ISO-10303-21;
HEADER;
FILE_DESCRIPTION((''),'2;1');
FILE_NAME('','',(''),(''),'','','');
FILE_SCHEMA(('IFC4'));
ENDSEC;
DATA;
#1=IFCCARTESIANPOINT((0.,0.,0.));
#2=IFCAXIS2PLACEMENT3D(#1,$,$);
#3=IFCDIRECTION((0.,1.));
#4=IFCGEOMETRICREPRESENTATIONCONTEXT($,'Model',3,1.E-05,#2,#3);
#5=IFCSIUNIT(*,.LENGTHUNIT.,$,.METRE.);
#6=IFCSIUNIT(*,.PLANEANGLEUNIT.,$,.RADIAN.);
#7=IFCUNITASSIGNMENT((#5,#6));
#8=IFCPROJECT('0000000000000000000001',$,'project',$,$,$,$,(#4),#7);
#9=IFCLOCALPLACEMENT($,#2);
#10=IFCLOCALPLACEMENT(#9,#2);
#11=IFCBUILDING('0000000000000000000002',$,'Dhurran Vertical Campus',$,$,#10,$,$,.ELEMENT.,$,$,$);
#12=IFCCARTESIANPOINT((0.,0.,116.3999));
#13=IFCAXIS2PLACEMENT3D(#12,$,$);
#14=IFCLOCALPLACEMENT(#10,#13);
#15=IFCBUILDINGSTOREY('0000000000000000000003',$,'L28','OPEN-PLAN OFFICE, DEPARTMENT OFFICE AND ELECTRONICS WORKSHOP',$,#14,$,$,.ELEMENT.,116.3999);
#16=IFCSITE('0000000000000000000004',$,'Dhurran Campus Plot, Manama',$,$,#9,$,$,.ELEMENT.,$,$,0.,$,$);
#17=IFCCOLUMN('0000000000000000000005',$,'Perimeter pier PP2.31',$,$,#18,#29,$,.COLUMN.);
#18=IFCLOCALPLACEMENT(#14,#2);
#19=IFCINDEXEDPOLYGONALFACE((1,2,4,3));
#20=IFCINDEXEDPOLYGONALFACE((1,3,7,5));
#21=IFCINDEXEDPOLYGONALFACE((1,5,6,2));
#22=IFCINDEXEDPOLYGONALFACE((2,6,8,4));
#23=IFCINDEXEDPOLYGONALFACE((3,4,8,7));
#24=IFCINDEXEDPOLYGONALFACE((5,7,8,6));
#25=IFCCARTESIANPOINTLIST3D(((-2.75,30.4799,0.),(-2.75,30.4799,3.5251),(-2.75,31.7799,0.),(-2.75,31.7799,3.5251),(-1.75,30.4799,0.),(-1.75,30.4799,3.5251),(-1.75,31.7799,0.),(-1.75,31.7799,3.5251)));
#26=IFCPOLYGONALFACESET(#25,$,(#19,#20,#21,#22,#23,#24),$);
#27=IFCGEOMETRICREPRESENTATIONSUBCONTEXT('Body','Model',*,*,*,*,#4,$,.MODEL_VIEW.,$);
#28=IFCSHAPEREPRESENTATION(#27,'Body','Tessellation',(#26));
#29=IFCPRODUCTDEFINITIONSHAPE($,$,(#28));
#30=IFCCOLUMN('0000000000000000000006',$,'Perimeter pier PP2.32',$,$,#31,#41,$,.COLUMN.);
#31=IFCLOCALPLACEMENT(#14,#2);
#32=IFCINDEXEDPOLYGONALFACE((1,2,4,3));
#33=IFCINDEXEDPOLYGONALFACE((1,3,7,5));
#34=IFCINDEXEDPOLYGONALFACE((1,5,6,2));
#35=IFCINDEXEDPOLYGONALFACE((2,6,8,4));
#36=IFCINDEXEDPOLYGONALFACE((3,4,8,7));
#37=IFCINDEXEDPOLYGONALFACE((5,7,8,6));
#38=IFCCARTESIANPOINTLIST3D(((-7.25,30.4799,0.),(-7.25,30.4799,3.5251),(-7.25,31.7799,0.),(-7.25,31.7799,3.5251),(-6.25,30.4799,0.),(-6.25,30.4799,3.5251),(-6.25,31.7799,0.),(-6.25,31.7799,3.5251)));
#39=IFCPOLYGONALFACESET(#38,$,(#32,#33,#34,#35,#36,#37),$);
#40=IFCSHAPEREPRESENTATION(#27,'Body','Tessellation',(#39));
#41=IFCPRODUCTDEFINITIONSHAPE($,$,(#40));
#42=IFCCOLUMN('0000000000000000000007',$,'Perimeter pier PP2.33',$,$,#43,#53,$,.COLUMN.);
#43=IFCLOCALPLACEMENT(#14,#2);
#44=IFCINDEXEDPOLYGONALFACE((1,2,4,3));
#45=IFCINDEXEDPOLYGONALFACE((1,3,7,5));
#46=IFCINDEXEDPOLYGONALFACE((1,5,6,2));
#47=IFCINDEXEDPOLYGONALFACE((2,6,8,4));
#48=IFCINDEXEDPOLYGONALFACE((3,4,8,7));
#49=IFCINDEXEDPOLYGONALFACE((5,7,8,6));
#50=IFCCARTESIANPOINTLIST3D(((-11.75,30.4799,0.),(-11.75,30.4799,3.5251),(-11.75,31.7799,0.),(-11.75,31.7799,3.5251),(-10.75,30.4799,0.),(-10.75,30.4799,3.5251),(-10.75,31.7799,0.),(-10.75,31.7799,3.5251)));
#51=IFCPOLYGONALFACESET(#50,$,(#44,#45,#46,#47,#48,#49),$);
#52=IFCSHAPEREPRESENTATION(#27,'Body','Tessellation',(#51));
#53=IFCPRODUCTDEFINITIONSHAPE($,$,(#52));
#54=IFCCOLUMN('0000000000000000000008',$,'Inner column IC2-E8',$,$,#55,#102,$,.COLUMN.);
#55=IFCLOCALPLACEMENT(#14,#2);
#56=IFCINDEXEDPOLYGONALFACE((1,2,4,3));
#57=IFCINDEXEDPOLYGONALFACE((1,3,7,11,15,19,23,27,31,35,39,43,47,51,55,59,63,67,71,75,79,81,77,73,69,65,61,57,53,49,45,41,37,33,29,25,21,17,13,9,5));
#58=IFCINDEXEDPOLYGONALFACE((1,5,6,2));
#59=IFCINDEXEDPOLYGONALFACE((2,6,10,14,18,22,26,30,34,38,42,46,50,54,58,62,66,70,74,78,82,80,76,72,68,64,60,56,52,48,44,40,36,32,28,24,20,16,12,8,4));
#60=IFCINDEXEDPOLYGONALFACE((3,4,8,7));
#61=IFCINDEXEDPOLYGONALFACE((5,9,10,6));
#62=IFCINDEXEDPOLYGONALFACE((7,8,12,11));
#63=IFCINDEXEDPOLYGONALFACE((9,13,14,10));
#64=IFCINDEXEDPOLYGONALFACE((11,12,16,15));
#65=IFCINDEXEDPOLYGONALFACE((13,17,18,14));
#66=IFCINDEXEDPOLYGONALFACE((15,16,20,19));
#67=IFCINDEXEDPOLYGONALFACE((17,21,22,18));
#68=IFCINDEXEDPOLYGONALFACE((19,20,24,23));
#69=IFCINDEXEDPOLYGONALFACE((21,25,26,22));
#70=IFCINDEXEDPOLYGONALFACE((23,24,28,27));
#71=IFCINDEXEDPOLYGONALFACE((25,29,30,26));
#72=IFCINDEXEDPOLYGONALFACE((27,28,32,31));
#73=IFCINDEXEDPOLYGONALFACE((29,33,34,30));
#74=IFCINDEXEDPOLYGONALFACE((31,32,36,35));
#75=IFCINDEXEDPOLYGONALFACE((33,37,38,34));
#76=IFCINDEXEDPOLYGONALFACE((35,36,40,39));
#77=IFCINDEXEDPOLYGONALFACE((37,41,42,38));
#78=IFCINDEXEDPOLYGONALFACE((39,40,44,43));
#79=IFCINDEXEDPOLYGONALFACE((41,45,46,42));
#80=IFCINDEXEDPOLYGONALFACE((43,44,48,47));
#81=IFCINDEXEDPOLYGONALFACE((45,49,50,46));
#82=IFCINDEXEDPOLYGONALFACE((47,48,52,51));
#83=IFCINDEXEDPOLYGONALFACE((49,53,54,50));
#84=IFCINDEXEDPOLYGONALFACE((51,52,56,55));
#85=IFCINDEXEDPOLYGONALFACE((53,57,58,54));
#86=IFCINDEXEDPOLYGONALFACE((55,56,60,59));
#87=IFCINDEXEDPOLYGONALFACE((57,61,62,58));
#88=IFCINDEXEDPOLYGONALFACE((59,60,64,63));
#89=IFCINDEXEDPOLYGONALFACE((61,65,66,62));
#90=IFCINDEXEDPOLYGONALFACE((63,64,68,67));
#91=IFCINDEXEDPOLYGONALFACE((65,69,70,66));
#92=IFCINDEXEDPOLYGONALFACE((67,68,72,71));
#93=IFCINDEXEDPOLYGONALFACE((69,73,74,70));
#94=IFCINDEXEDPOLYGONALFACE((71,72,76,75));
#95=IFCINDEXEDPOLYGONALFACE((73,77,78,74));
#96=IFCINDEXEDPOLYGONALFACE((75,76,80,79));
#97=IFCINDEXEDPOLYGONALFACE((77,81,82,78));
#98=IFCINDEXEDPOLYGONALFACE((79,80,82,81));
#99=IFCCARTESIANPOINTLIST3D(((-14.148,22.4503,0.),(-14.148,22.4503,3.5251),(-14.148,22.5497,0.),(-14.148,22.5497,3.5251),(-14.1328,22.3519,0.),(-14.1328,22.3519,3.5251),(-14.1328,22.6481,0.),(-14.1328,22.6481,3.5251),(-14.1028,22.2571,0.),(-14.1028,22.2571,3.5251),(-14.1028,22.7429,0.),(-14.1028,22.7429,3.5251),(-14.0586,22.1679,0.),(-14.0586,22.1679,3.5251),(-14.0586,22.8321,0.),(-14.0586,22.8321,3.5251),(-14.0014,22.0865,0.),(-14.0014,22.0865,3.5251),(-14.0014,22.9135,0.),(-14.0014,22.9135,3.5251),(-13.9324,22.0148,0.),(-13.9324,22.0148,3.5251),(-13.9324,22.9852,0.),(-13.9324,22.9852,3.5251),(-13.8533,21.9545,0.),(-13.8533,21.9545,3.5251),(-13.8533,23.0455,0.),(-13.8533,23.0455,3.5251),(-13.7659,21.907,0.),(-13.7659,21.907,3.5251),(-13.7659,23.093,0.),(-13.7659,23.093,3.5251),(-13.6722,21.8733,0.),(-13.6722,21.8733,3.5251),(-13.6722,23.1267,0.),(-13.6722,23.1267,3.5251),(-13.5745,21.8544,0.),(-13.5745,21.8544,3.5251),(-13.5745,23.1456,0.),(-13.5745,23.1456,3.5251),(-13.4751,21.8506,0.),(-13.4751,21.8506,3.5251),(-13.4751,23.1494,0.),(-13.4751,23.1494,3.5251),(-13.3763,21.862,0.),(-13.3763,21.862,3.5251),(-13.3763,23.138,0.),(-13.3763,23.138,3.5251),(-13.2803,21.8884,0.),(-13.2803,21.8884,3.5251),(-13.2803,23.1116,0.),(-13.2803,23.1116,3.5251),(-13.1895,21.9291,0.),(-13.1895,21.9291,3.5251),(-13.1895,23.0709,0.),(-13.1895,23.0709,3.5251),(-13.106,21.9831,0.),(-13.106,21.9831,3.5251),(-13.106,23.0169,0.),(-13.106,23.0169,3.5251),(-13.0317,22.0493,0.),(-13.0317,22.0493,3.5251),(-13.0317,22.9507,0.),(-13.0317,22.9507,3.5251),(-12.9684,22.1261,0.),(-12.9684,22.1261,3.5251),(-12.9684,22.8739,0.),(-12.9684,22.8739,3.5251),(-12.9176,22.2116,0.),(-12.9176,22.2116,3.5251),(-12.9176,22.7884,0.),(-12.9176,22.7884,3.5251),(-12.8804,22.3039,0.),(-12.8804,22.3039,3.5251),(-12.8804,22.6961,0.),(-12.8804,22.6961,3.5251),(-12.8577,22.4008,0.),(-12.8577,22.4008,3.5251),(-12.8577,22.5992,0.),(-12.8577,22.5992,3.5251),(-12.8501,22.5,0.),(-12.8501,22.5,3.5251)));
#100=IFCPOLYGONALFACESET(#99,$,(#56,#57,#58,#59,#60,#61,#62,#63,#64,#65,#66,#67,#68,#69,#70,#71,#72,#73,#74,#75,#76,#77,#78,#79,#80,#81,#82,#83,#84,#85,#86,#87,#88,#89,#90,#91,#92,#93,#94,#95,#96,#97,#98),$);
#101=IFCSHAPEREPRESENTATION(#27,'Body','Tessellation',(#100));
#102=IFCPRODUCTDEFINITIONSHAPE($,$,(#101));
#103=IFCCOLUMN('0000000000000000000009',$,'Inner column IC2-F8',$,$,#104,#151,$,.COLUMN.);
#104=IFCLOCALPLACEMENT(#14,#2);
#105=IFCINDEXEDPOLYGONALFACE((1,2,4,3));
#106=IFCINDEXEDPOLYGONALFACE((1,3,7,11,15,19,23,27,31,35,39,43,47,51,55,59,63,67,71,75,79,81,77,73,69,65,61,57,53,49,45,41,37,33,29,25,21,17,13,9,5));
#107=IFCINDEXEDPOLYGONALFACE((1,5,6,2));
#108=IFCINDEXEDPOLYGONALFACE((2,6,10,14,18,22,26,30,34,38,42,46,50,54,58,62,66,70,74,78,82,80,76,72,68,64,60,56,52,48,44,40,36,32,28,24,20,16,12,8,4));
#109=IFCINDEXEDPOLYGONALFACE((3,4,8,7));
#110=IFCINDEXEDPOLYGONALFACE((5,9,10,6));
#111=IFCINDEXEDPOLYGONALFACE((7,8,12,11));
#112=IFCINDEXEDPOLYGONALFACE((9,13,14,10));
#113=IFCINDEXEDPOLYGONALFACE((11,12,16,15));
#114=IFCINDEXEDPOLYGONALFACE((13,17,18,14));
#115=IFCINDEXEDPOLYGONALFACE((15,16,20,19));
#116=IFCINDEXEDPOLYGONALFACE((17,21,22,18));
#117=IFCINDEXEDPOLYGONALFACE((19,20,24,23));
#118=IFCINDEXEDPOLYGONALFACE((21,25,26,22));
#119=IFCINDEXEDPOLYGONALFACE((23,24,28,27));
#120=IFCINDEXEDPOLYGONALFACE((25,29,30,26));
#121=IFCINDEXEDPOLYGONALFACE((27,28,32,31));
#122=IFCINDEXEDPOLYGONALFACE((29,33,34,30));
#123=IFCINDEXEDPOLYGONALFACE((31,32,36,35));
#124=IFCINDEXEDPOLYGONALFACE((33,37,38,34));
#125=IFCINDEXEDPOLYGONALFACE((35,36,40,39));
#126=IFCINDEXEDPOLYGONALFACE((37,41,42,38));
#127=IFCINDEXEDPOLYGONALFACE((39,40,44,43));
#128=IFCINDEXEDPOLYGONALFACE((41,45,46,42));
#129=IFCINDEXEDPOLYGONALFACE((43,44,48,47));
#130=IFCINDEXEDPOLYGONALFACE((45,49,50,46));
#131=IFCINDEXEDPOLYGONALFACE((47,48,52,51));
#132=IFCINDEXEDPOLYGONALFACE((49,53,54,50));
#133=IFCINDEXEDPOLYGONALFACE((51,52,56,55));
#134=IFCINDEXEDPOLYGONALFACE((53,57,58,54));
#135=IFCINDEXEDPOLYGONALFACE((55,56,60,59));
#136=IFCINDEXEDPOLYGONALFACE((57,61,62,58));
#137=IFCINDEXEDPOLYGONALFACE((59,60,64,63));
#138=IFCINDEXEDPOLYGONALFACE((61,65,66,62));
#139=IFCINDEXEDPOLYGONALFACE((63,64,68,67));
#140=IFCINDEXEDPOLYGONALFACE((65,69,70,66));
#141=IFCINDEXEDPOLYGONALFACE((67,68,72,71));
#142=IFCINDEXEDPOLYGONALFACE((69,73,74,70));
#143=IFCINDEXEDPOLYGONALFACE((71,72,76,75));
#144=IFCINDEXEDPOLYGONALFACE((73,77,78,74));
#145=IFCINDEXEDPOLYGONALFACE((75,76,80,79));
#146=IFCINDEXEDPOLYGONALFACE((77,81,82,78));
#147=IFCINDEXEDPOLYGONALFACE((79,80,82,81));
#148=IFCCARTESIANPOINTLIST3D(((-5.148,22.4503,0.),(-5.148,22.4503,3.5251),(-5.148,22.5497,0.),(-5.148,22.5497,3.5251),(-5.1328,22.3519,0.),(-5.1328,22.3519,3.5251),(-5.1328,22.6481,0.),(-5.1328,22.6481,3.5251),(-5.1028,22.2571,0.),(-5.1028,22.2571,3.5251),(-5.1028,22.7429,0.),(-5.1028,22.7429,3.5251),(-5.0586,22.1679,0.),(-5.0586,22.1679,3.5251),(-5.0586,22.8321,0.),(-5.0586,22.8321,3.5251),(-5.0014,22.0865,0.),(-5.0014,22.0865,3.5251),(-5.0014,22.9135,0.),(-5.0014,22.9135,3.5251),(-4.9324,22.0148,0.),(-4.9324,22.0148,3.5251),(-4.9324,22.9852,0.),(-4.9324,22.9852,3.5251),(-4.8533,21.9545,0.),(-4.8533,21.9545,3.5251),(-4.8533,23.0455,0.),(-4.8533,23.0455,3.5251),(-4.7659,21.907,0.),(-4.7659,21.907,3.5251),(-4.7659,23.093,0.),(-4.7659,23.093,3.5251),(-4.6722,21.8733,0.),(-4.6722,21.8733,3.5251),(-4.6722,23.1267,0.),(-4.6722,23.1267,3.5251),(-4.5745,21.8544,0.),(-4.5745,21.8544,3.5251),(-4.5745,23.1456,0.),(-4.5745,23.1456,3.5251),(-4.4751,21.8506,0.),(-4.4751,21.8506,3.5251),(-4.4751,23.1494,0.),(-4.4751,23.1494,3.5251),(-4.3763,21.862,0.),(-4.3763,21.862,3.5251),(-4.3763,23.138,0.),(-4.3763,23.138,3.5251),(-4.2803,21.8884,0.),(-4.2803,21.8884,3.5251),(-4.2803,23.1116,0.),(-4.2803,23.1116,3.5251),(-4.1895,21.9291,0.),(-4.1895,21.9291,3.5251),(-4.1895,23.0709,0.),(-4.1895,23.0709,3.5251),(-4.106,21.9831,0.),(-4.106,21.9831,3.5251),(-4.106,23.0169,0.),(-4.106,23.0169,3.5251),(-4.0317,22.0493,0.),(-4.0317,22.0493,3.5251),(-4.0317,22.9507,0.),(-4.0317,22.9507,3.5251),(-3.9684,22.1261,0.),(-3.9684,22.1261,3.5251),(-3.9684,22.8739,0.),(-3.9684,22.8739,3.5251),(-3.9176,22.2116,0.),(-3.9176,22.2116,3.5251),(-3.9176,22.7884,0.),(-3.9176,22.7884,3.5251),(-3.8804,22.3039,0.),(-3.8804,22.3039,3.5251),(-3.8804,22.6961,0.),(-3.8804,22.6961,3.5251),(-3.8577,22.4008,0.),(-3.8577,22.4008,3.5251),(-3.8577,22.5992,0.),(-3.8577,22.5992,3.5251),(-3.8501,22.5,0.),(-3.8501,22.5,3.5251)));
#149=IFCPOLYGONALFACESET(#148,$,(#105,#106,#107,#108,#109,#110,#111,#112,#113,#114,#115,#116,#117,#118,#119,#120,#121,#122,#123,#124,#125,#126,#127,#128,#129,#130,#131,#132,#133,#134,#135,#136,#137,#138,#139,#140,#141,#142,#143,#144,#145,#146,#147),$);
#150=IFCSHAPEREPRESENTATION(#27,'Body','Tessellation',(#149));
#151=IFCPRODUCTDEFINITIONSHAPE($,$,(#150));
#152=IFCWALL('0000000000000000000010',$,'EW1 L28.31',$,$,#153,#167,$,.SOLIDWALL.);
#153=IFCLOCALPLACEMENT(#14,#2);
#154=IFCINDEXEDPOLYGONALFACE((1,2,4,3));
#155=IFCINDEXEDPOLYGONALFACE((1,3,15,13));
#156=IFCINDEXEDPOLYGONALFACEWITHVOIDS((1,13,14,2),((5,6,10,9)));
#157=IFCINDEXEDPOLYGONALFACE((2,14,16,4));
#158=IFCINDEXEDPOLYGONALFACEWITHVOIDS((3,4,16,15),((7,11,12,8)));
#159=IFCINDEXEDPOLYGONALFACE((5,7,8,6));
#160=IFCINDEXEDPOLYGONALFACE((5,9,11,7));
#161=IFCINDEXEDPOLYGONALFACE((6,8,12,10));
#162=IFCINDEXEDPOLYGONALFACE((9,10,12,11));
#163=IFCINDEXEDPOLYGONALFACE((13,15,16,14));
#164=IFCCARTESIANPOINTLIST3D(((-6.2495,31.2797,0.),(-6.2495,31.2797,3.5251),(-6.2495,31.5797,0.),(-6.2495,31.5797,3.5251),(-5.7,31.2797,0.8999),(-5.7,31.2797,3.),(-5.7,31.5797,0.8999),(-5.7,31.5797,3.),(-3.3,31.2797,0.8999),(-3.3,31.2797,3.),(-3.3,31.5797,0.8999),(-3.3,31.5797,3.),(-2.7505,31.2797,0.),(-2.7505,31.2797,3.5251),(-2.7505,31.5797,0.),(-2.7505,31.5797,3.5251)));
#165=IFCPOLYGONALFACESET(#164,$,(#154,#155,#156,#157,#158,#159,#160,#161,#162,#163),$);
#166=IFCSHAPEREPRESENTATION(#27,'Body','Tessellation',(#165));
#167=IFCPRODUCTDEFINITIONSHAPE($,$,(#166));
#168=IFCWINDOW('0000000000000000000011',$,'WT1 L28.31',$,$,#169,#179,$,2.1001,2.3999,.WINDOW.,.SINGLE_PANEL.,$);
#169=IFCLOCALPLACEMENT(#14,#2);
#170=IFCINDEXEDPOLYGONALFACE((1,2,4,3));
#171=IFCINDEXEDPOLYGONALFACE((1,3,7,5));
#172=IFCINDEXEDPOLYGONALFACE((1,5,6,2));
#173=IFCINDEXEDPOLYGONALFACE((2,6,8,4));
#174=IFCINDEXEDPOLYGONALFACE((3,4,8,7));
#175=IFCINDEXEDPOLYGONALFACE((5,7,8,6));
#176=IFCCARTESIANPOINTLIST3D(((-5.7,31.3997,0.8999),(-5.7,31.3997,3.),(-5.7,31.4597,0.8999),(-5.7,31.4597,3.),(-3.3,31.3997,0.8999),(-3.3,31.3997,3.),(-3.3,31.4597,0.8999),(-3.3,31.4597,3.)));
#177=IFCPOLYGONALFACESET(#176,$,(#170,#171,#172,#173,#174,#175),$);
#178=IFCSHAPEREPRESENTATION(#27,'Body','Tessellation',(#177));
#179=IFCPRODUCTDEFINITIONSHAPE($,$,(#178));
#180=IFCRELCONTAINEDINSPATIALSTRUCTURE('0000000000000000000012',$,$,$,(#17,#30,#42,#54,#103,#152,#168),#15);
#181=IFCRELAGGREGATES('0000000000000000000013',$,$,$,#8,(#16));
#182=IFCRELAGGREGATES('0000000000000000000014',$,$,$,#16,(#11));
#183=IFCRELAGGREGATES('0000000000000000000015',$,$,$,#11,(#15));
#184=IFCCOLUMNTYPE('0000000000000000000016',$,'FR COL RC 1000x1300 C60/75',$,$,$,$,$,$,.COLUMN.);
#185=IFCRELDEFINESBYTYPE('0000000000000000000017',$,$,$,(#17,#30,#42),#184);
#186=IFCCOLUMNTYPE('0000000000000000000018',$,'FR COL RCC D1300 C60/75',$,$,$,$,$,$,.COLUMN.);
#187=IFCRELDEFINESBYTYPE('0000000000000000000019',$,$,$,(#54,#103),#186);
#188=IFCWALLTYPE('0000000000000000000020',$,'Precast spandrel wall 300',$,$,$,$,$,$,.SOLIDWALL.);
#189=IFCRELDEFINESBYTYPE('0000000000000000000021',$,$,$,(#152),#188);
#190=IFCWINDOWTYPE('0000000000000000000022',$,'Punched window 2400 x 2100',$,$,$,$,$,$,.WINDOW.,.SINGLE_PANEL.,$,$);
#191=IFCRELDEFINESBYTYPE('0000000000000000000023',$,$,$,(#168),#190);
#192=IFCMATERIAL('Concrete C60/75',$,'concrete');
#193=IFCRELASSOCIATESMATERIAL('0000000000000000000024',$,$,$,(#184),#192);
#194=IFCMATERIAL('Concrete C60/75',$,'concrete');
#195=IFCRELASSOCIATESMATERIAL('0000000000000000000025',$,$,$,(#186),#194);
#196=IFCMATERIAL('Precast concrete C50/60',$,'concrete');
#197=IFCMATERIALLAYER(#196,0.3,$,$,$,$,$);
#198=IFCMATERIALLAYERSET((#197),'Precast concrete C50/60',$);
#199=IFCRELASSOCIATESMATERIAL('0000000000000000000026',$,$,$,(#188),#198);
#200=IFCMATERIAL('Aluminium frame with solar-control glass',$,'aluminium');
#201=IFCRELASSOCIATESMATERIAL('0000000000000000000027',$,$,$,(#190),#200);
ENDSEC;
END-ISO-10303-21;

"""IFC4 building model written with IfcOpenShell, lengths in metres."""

from ifc_helpers import new_model, si_unit, direction, frame, frame_2d, origin, origin_2d, place, context, subcontext, project, spatial, rectangle, circle, extrude, material, layer, layer_set, material_profile, profile_set, type_object, element, fill, save


model = new_model("IFC4")

# Units and contexts
model_context = context("Model", 3, precision=1e-05, world=origin(), true_north=direction((0.0, 1.0)))
body_context = subcontext(model_context, "Body", "Model", "MODEL_VIEW")
ifc_project = project(units=[si_unit("LENGTHUNIT", "METRE"), si_unit("PLANEANGLEUNIT", "RADIAN")], contexts=[model_context])

# Site, building, storey
site_placement = place(None, origin())
site = spatial("IfcSite", under=ifc_project, at=site_placement, Name="Dhurran Campus Plot, Manama", CompositionType="ELEMENT", RefElevation=0.0)
building_placement = place(site_placement, origin())
building = spatial("IfcBuilding", under=site, at=building_placement, Name="Dhurran Vertical Campus", CompositionType="ELEMENT")
storey_placement = place(building_placement, frame((0.0, 0.0, 116.3999)))
storey = spatial("IfcBuildingStorey", under=building, at=storey_placement, Name="L28", Description="OPEN-PLAN OFFICE, DEPARTMENT OFFICE AND ELECTRONICS WORKSHOP", CompositionType="ELEMENT", Elevation=116.3999)

# Columns
ifc_material_1 = material(Name="Concrete C60/75", Category="concrete")
ifc_material_profile_1 = material_profile(ifc_material_1, rectangle(XDim=1.0, YDim=1.3, at=origin_2d()), Name="RC 1000x1300")
ifc_profile_set_1 = profile_set([ifc_material_profile_1], Name="Concrete C60/75")
column_type_1 = type_object("IfcColumnType", Name="FR COL RC 1000x1300 C60/75", PredefinedType="COLUMN", material=ifc_profile_set_1)
for number, where, z_axis, x_axis, name in (
    (1, (-2.25, 31.1299, 0.0), (0.0, 0.0, 1.0), (-1.0, 0.0, 0.0), "Perimeter pier PP2.31"),
    (2, (-6.75, 31.1299, 0.0), (0.0, 0.0, 1.0), (-1.0, 0.0, 0.0), "Perimeter pier PP2.32"),
    (3, (-11.25, 31.1299, 0.0), (0.0, 0.0, 1.0), (-1.0, 0.0, 0.0), "Perimeter pier PP2.33"),
):
    element("IfcColumn", number, at=place(storey_placement, frame(where, z_axis=z_axis, x_axis=x_axis)), inside=storey, type_object=column_type_1, Name=name, PredefinedType="COLUMN", context=body_context, shape_type="SweptSolid", body=[
        extrude(rectangle(XDim=1.0, YDim=1.3, at=origin_2d()), origin(), (0.0, 0.0, 1.0), 3.5251),
    ])
ifc_material_2 = material(Name="Concrete C60/75", Category="concrete")
ifc_material_profile_2 = material_profile(ifc_material_2, circle(Radius=0.6499, at=origin_2d()), Name="RCC D1300")
ifc_profile_set_2 = profile_set([ifc_material_profile_2], Name="Concrete C60/75")
column_type_2 = type_object("IfcColumnType", Name="FR COL RCC D1300 C60/75", PredefinedType="COLUMN", material=ifc_profile_set_2)
for number, where, z_axis, x_axis, name in (
    (4, (-13.5, 22.5, 0.0), (0.0, 0.0, 1.0), (1.0, 0.0, 0.0), "Inner column IC2-E8"),
    (5, (-4.5, 22.5, 0.0), (0.0, 0.0, 1.0), (1.0, 0.0, 0.0), "Inner column IC2-F8"),
):
    element("IfcColumn", number, at=place(storey_placement, frame(where, z_axis=z_axis, x_axis=x_axis)), inside=storey, type_object=column_type_2, Name=name, PredefinedType="COLUMN", context=body_context, shape_type="SweptSolid", body=[
        extrude(circle(Radius=0.6499, at=origin_2d()), origin(), (0.0, 0.0, 1.0), 3.5251),
    ])

# Wall, opening, window
ifc_material_3 = material(Name="Precast concrete C50/60", Category="concrete")
ifc_layer_1 = layer(ifc_material_3, 0.3)
ifc_layer_set_1 = layer_set([ifc_layer_1], Name="Precast concrete C50/60")
wall_type_1 = type_object("IfcWallType", Name="Precast spandrel wall 300", PredefinedType="SOLIDWALL", material=ifc_layer_set_1)
wall_1_placement = place(storey_placement, frame((-2.7505, 31.4297, 0.0), z_axis=(0.0, 0.0, 1.0), x_axis=(-1.0, 0.0, 0.0)))
wall_1 = element("IfcWall", 6, at=wall_1_placement, inside=storey, type_object=wall_type_1, Name="EW1 L28.31", PredefinedType="SOLIDWALL", context=body_context, shape_type="SweptSolid", body=[
    extrude(rectangle(XDim=3.499, YDim=0.3, at=frame_2d((1.7495, 0.0))), origin(), (0.0, 0.0, 1.0), 3.5251),
])
opening_1_placement = place(wall_1_placement, frame((0.5496, 0.0, 0.8999)))
opening_1 = element("IfcOpeningElement", 7, at=opening_1_placement, cuts=wall_1, PredefinedType="OPENING", context=body_context, shape_type="SweptSolid", body=[
    extrude(rectangle(XDim=2.3999, YDim=2.1001, at=frame_2d((1.2, 1.05))), frame((0.0, 0.1599, 0.0), z_axis=(0.0, -1.0, 0.0), x_axis=(1.0, 0.0, 0.0)), (0.0, 0.0, 1.0), 0.3201),
])
ifc_material_4 = material(Name="Aluminium frame with solar-control glass", Category="aluminium")
window_type = type_object("IfcWindowType", Name="Punched window 2400 x 2100", PartitioningType="SINGLE_PANEL", PredefinedType="WINDOW", material=ifc_material_4)
window_1_placement = place(opening_1_placement, origin())
window_1 = element("IfcWindow", 8, at=window_1_placement, inside=storey, type_object=window_type, Name="WT1 L28.31", OverallHeight=2.1001, OverallWidth=2.3999, PartitioningType="SINGLE_PANEL", PredefinedType="WINDOW", context=body_context, shape_type="SweptSolid", body=[
    extrude(rectangle(XDim=2.3999, YDim=2.1001, at=frame_2d((1.2, 1.05))), frame((0.0, 0.03, 0.0), z_axis=(0.0, -1.0, 0.0), x_axis=(1.0, 0.0, 0.0)), (0.0, 0.0, 1.0), 0.0601),
])
fill(opening_1, window_1)

save(model, "model.ifc")
